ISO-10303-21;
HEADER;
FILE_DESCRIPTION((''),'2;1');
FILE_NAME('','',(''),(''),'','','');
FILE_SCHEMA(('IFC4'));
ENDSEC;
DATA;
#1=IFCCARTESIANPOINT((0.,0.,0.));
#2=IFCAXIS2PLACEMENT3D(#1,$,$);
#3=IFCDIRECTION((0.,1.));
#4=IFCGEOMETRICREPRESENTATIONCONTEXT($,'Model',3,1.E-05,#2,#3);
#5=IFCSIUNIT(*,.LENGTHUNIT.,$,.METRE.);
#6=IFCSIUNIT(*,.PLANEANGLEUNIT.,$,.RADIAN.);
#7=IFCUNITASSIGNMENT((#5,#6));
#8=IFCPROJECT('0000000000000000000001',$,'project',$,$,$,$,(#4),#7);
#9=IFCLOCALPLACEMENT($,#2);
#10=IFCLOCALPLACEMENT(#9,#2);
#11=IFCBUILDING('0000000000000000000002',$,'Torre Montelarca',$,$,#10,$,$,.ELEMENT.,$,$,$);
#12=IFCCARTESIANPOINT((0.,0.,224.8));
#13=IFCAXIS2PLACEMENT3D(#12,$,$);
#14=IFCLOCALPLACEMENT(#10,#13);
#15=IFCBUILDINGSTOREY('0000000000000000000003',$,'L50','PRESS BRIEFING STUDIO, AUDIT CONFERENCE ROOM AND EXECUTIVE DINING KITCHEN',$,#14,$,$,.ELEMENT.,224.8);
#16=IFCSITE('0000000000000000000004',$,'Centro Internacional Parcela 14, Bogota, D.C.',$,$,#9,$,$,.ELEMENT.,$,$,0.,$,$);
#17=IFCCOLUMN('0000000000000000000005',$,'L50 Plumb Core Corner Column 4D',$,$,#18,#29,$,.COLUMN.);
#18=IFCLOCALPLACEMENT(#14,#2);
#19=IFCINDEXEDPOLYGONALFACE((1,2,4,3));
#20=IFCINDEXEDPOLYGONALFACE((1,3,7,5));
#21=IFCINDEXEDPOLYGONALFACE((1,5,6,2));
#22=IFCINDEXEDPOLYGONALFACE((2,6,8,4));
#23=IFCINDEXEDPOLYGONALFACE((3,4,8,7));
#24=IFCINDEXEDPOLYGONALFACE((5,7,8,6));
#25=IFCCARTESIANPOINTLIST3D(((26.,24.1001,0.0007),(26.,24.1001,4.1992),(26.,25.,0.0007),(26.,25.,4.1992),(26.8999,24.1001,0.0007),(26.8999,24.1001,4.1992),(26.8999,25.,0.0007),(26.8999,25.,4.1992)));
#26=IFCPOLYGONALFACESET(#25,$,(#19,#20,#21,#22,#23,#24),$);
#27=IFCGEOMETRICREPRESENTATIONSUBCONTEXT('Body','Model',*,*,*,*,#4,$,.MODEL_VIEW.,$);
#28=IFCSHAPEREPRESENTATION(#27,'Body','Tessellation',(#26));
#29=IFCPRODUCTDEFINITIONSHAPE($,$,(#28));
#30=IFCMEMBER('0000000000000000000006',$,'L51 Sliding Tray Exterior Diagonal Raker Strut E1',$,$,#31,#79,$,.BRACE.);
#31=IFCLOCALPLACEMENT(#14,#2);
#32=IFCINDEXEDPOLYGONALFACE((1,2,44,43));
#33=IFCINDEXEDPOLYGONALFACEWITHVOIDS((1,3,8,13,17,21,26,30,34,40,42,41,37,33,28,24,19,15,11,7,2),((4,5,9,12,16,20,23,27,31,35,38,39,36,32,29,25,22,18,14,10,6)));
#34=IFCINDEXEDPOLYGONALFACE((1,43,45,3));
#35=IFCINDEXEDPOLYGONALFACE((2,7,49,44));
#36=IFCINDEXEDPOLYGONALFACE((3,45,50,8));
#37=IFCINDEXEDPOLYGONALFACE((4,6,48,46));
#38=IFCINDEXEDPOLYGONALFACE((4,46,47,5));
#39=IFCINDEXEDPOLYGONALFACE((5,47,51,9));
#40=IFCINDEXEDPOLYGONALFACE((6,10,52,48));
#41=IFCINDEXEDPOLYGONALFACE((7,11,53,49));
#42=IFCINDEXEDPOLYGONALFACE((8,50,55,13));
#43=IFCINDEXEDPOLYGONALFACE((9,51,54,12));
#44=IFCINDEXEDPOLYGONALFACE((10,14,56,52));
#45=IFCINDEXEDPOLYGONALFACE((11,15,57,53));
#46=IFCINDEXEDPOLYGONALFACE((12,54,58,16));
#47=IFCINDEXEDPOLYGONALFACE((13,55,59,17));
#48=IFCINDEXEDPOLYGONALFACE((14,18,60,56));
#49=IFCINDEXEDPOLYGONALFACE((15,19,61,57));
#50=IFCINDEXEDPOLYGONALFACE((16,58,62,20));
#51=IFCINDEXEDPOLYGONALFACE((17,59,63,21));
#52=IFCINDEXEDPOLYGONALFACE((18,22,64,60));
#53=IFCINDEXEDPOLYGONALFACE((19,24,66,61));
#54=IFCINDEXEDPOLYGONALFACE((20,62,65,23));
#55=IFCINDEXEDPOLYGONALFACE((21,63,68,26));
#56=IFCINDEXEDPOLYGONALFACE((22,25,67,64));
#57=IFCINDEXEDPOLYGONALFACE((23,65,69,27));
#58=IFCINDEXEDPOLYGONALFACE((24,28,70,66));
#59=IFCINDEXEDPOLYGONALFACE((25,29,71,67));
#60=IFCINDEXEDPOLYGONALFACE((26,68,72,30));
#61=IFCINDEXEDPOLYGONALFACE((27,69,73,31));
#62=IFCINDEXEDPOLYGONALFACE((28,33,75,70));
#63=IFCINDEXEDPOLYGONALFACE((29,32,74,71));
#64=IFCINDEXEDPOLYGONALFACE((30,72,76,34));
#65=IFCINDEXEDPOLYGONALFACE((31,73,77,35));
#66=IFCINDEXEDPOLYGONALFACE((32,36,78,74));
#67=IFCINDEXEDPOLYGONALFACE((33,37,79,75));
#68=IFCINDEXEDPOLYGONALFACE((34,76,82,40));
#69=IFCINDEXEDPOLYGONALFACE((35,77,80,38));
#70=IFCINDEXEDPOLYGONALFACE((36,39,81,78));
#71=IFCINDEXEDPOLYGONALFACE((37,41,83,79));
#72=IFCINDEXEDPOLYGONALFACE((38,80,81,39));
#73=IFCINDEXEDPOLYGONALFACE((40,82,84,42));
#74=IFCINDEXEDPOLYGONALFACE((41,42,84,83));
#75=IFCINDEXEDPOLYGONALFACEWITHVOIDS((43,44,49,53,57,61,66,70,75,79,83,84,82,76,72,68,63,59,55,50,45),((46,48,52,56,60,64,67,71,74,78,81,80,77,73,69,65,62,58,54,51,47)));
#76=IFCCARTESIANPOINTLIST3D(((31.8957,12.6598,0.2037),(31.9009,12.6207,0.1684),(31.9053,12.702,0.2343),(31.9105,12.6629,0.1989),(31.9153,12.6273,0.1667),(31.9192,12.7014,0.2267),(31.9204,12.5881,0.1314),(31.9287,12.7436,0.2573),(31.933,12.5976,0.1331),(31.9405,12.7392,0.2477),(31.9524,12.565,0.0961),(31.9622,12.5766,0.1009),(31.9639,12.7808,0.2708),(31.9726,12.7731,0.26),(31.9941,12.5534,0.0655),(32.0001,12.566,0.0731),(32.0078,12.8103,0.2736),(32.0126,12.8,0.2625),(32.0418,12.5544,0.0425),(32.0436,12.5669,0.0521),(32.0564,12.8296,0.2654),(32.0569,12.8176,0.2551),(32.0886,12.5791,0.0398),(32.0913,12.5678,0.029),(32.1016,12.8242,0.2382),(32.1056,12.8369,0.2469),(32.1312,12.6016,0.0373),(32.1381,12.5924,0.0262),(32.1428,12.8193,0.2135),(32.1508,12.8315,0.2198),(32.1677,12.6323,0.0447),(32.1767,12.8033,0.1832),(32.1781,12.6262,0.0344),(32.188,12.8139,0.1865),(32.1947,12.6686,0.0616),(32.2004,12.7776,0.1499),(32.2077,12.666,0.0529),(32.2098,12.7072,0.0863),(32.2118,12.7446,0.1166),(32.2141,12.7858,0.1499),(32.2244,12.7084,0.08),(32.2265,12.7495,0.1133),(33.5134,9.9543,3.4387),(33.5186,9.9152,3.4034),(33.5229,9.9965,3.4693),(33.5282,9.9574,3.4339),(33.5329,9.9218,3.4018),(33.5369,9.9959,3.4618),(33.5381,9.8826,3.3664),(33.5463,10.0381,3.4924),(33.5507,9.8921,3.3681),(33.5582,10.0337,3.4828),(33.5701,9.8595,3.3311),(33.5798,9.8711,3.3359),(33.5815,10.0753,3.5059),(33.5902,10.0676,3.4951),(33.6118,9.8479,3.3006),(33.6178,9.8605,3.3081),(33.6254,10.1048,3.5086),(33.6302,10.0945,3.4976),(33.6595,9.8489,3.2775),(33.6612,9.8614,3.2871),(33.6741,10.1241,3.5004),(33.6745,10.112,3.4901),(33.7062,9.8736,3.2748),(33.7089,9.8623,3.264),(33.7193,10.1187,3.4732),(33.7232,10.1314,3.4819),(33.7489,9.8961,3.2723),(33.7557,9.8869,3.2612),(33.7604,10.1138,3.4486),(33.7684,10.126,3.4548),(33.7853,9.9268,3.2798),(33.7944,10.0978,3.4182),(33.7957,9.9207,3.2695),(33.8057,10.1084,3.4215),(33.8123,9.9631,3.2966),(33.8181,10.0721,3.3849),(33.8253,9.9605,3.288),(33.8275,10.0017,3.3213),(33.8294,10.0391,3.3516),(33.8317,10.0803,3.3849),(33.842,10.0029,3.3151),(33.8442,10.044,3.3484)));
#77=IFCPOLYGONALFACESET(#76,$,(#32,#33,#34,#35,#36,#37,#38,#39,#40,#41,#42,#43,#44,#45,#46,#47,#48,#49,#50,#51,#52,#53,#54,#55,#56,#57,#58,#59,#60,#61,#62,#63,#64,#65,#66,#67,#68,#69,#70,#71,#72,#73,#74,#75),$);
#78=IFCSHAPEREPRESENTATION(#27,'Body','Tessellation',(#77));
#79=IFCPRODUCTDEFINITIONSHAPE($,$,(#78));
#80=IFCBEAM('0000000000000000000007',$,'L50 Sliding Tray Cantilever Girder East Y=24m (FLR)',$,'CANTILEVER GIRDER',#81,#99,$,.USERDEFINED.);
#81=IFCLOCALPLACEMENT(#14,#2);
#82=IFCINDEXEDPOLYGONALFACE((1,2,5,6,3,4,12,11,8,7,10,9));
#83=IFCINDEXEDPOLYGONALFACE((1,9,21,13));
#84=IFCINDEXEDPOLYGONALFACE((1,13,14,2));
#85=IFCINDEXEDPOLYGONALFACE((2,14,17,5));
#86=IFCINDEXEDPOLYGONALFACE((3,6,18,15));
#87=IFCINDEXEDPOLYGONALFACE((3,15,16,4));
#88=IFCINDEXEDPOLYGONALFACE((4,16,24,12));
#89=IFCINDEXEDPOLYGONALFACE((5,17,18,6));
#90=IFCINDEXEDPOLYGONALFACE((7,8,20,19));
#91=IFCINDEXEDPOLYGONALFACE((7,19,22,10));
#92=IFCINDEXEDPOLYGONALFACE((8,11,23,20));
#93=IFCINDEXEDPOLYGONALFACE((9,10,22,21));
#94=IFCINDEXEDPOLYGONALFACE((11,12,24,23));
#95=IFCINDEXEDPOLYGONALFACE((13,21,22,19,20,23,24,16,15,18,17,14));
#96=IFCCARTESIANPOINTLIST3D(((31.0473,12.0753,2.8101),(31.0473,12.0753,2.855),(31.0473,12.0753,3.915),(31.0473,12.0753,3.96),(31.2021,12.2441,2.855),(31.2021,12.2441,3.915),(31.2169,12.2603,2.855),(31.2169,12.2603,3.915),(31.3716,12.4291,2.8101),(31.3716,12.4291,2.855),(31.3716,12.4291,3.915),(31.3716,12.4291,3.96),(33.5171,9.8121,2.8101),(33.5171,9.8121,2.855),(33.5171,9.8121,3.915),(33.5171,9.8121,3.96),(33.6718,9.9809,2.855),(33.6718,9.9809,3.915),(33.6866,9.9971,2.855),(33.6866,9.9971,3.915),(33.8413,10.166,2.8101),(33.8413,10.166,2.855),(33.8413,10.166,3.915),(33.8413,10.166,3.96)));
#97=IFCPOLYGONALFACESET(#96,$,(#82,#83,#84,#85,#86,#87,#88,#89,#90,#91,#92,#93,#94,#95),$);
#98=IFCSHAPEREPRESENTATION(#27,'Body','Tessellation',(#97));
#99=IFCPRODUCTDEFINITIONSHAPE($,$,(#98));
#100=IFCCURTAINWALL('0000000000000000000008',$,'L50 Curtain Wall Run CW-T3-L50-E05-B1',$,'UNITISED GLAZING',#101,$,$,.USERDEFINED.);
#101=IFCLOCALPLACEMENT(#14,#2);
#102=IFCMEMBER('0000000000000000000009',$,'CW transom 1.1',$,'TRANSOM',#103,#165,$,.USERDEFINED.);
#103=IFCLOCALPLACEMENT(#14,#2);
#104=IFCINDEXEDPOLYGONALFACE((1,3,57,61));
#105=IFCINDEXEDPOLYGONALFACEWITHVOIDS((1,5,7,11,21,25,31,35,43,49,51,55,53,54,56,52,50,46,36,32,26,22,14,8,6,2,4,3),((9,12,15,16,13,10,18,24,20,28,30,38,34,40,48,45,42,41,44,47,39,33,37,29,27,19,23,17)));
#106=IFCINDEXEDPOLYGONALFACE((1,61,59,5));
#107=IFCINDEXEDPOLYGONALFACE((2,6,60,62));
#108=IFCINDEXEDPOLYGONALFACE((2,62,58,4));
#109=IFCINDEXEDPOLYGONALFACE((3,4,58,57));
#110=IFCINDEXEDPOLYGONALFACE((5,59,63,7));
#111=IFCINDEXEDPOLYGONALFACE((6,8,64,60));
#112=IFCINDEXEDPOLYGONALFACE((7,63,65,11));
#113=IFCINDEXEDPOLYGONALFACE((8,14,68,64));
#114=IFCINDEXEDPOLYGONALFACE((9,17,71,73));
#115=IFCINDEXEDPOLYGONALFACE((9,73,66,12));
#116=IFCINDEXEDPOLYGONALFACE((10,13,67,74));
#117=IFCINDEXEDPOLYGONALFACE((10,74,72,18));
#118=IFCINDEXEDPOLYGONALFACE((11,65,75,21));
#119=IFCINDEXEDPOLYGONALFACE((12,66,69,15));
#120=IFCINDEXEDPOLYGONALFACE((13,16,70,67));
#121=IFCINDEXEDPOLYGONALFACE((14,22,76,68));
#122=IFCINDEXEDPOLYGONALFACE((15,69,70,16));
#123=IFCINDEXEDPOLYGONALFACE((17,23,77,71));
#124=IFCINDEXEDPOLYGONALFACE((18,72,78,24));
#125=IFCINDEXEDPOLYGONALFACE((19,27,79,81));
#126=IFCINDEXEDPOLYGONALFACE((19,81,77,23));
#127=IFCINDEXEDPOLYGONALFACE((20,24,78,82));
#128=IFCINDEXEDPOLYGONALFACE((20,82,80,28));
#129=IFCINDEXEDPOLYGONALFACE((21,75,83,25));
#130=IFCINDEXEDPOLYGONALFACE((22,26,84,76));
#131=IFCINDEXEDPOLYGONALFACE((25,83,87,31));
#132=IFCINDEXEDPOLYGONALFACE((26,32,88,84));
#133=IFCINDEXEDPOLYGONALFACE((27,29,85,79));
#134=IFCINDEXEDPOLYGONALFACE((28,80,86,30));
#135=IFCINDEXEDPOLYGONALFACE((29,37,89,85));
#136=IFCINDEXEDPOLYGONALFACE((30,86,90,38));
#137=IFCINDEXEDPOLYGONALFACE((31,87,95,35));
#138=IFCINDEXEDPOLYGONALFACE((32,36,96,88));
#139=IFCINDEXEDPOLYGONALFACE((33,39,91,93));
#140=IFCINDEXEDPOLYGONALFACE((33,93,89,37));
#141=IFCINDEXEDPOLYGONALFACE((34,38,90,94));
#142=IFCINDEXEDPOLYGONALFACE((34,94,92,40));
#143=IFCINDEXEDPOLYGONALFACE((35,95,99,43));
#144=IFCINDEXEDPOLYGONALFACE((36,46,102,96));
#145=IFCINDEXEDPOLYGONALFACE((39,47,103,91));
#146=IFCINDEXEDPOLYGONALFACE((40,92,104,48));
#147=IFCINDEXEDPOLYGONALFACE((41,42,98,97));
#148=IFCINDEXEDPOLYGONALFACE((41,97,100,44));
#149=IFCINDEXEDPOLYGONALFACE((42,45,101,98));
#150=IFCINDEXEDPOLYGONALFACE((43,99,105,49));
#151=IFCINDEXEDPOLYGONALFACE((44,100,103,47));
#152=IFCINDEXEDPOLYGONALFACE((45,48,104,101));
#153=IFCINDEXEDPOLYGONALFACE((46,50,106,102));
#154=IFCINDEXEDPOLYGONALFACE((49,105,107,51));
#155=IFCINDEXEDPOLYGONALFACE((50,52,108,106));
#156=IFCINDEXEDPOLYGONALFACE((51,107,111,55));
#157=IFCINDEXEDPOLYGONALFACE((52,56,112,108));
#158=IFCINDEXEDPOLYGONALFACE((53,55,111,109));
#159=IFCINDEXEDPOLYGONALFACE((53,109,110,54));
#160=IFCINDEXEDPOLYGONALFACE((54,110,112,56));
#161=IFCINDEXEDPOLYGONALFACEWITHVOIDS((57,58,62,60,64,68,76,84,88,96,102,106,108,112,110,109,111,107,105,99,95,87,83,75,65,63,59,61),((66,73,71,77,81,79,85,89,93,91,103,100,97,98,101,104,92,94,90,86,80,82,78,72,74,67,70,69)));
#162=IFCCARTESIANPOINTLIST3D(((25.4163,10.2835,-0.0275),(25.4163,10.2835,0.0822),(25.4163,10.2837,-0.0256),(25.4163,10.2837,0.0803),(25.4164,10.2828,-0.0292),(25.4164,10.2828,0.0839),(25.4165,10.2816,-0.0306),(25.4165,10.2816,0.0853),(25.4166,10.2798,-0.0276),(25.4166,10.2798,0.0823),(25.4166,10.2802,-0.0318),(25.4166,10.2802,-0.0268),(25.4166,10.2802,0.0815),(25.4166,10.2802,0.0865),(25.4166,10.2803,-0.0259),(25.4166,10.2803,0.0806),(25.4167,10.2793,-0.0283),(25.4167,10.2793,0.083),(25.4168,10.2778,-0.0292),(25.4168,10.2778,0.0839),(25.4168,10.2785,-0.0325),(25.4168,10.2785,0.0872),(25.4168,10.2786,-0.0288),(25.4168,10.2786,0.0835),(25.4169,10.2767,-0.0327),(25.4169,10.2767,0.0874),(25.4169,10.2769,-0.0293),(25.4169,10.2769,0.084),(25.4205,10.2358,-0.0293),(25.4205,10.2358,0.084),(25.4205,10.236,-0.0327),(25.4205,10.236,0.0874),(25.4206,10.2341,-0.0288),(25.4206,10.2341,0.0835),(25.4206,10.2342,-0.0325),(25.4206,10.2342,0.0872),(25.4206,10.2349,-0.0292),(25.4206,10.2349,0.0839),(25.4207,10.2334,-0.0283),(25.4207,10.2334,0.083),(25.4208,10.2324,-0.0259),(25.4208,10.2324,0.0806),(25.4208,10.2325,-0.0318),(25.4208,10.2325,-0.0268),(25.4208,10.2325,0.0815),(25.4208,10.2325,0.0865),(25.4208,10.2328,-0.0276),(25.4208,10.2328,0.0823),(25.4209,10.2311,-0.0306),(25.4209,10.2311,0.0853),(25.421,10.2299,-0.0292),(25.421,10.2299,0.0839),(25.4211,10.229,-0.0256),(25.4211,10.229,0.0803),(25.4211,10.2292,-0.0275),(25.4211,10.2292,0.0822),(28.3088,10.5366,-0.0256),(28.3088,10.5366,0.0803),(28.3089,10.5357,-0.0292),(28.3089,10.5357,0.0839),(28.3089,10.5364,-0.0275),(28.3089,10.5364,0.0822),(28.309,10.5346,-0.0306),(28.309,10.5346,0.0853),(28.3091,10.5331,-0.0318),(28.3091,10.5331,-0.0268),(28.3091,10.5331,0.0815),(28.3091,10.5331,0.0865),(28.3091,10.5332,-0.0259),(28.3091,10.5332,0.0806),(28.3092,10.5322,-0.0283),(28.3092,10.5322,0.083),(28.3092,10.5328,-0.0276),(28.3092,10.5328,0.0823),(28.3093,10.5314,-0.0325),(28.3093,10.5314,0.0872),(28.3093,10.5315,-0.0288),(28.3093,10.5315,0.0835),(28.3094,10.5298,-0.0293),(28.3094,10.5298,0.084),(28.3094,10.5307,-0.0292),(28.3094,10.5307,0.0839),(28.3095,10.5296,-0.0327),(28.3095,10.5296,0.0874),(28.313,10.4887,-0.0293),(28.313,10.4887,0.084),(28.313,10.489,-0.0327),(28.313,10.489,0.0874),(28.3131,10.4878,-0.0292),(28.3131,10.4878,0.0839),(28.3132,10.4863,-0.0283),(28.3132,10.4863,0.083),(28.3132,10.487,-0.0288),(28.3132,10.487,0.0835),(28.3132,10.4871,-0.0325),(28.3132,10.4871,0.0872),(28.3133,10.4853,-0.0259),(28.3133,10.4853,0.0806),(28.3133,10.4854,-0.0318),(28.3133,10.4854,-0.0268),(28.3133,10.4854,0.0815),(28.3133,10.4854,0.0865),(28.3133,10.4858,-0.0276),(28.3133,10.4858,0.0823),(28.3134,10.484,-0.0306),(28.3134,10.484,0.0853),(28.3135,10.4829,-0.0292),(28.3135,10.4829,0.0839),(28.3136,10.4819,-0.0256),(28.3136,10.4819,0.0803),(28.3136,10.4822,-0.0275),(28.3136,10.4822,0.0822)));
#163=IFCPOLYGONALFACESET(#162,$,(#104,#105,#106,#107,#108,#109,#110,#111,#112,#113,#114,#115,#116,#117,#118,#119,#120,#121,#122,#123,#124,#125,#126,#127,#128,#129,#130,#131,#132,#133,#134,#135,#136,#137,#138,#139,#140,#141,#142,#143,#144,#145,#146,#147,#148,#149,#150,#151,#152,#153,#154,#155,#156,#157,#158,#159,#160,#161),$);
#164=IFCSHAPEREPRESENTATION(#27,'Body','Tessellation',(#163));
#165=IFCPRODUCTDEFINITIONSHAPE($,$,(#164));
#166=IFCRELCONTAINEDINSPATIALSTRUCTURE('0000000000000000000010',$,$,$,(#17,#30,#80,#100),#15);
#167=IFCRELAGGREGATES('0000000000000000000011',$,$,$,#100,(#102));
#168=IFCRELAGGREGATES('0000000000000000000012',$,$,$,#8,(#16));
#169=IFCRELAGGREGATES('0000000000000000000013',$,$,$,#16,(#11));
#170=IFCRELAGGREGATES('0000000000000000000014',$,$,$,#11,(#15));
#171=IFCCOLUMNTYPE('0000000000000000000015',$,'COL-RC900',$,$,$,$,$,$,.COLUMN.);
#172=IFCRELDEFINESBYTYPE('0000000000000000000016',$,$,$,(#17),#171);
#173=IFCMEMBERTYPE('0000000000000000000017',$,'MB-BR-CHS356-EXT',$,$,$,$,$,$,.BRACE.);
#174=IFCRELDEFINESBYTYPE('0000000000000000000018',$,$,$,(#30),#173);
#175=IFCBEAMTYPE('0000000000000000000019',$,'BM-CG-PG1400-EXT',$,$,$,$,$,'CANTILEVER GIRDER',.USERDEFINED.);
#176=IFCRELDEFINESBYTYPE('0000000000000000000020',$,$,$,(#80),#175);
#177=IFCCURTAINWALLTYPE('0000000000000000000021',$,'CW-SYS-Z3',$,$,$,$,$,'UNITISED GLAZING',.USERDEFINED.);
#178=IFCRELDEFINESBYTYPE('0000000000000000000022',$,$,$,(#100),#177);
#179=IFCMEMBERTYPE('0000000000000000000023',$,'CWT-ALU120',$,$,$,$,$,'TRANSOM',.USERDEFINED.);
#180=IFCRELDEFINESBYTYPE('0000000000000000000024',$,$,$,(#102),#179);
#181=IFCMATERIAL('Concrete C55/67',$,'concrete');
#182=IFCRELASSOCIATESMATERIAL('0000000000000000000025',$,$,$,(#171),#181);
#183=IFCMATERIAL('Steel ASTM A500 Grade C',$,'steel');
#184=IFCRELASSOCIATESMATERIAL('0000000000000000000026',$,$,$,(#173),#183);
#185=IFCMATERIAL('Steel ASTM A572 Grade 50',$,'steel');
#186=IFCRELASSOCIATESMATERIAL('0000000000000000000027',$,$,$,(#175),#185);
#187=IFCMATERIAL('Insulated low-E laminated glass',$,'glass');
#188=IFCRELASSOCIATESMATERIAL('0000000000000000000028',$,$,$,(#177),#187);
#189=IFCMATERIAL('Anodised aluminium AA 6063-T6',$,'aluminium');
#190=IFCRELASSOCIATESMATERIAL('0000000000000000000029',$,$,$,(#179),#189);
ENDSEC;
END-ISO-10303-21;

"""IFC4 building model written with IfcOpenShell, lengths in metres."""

from ifc_helpers import new_model, si_unit, direction, frame, origin, origin_2d, place, context, subcontext, project, spatial, rectangle, hollow_rectangle, hollow_circle, i_section, extrude, source, transform, mapped, material, material_profile, profile_set, type_object, element, aggregate, save


model = new_model("IFC4")

# Units and contexts
model_context = context("Model", 3, precision=1e-05, world=origin(), true_north=direction((0.0, 1.0)))
body_context = subcontext(model_context, "Body", "Model", "MODEL_VIEW")
ifc_project = project(units=[si_unit("LENGTHUNIT", "METRE"), si_unit("PLANEANGLEUNIT", "RADIAN")], contexts=[model_context])

# Site, building, storey
site_placement = place(None, origin())
site = spatial("IfcSite", under=ifc_project, at=site_placement, Name="Centro Internacional Parcela 14, Bogota, D.C.", CompositionType="ELEMENT", RefElevation=0.0)
building_placement = place(site_placement, origin())
building = spatial("IfcBuilding", under=site, at=building_placement, Name="Torre Montelarca", CompositionType="ELEMENT")
storey_placement = place(building_placement, frame((0.0, 0.0, 224.8)))
storey = spatial("IfcBuildingStorey", under=building, at=storey_placement, Name="L50", Description="PRESS BRIEFING STUDIO, AUDIT CONFERENCE ROOM AND EXECUTIVE DINING KITCHEN", CompositionType="ELEMENT", Elevation=224.8)

# Column
ifc_material_1 = material(Name="Concrete C55/67", Category="concrete")
ifc_material_profile_1 = material_profile(ifc_material_1, rectangle(XDim=0.8999, YDim=0.8999, at=origin_2d()), Name="RC900X900", Category="concrete")
ifc_profile_set_1 = profile_set([ifc_material_profile_1], Name="Concrete C55/67")
column_type_1 = type_object("IfcColumnType", Name="COL-RC900", PredefinedType="COLUMN", material=ifc_profile_set_1)
shared_shape_1 = source(origin(), body_context, "Body", "SweptSolid", [
    extrude(rectangle(XDim=0.8999, YDim=0.8999, at=origin_2d()), origin(), (0.0, 0.0, 1.0), 4.1985),
])
column_1_placement = place(storey_placement, frame((26.45, 24.55, 0.0007), z_axis=(0.0, 0.0, 1.0), x_axis=(1.0, 0.0, 0.0)))
element("IfcColumn", 1, at=column_1_placement, inside=storey, type_object=column_type_1, Name="L50 Plumb Core Corner Column 4D", PredefinedType="COLUMN", context=body_context, shape_type="MappedRepresentation", body=[
    mapped(shared_shape_1, transform((0.0, 0.0, 0.0), scale=1.0)),
])

# Member
ifc_material_2 = material(Name="Steel ASTM A500 Grade C", Category="steel")
ifc_material_profile_2 = material_profile(ifc_material_2, hollow_circle(Radius=0.1777, WallThickness=0.0159, at=origin_2d()), Name="HSS355.6X15.9", Category="steel")
ifc_profile_set_2 = profile_set([ifc_material_profile_2], Name="Steel ASTM A500 Grade C")
member_type_1 = type_object("IfcMemberType", Name="MB-BR-CHS356-EXT", PredefinedType="BRACE", material=ifc_profile_set_2)
shared_shape_2 = source(origin(), body_context, "Body", "SweptSolid", [
    extrude(hollow_circle(Radius=0.1777, WallThickness=0.0159, at=origin_2d()), origin(), (0.0, 0.0, 1.0), 4.5168),
])
member_1_placement = place(storey_placement, frame((32.0615, 12.6946, 0.1499), z_axis=(0.358134, -0.59898, 0.716214), x_axis=(0.858285, 0.513174, 0.0)))
element("IfcMember", 2, at=member_1_placement, inside=storey, type_object=member_type_1, Name="L51 Sliding Tray Exterior Diagonal Raker Strut E1", PredefinedType="BRACE", context=body_context, shape_type="MappedRepresentation", body=[
    mapped(shared_shape_2, transform((0.0, 0.0, 0.0), scale=1.0)),
])

# Beam
ifc_material_3 = material(Name="Steel ASTM A572 Grade 50", Category="steel")
ifc_material_profile_3 = material_profile(ifc_material_3, i_section(OverallWidth=0.48, OverallDepth=1.1499, WebThickness=0.022, FlangeThickness=0.0449, at=origin_2d()), Name="PG1150X480X22X45", Category="steel")
ifc_profile_set_3 = profile_set([ifc_material_profile_3], Name="Steel ASTM A572 Grade 50")
beam_type = type_object("IfcBeamType", Name="BM-CG-PG1400-EXT", ElementType="CANTILEVER GIRDER", PredefinedType="USERDEFINED", material=ifc_profile_set_3)
shared_shape_3 = source(origin(), body_context, "Body", "SweptSolid", [
    extrude(i_section(OverallWidth=0.48, OverallDepth=1.1499, WebThickness=0.022, FlangeThickness=0.0449, at=origin_2d()), origin(), (0.0, 0.0, 1.0), 3.3499),
])
beam_placement = place(storey_placement, frame((31.2095, 12.2522, 3.385), z_axis=(0.737263, -0.675606, 0.0), x_axis=(0.675606, 0.737263, 0.0)))
element("IfcBeam", 3, at=beam_placement, inside=storey, type_object=beam_type, Name="L50 Sliding Tray Cantilever Girder East Y=24m (FLR)", ObjectType="CANTILEVER GIRDER", PredefinedType="USERDEFINED", context=body_context, shape_type="MappedRepresentation", body=[
    mapped(shared_shape_3, transform((0.0, 0.0, 0.0), scale=1.0)),
])

# Curtain wall, member
ifc_material_4 = material(Name="Insulated low-E laminated glass", Category="glass")
curtain_wall_type = type_object("IfcCurtainWallType", Name="CW-SYS-Z3", ElementType="UNITISED GLAZING", PredefinedType="USERDEFINED", material=ifc_material_4)
curtain_wall_1_placement = place(storey_placement, origin())
curtain_wall_1 = element("IfcCurtainWall", 4, at=curtain_wall_1_placement, inside=storey, type_object=curtain_wall_type, Name="L50 Curtain Wall Run CW-T3-L50-E05-B1", ObjectType="UNITISED GLAZING", PredefinedType="USERDEFINED")
ifc_material_5 = material(Name="Anodised aluminium AA 6063-T6", Category="aluminium")
ifc_material_profile_4 = material_profile(ifc_material_5, hollow_rectangle(XDim=0.0549, YDim=0.1201, WallThickness=0.0034, InnerFilletRadius=0.0034, OuterFilletRadius=0.0071, at=origin_2d()), Name="ALU55X120X3.5", Category="aluminium")
ifc_profile_set_4 = profile_set([ifc_material_profile_4], Name="Anodised aluminium AA 6063-T6")
member_type_2 = type_object("IfcMemberType", Name="CWT-ALU120", ElementType="TRANSOM", PredefinedType="USERDEFINED", material=ifc_profile_set_4)
shared_shape_4 = source(origin(), body_context, "Body", "SweptSolid", [
    extrude(hollow_rectangle(XDim=0.0549, YDim=0.1201, WallThickness=0.0034, InnerFilletRadius=0.0034, OuterFilletRadius=0.0071, at=origin_2d()), origin(), (0.0, 0.0, 1.0), 2.9036),
])
member_2_placement = place(storey_placement, frame((25.4187, 10.2563, 0.0273), z_axis=(0.996199, 0.087109, 0.0), x_axis=(-0.087109, 0.996199, 0.0)))
member_2 = element("IfcMember", 5, at=member_2_placement, type_object=member_type_2, Name="CW transom 1.1", ObjectType="TRANSOM", PredefinedType="USERDEFINED", context=body_context, shape_type="MappedRepresentation", body=[
    mapped(shared_shape_4, transform((0.0, 0.0, 0.0), scale=1.0)),
])

aggregate(curtain_wall_1, [member_2])

save(model, "model.ifc")
